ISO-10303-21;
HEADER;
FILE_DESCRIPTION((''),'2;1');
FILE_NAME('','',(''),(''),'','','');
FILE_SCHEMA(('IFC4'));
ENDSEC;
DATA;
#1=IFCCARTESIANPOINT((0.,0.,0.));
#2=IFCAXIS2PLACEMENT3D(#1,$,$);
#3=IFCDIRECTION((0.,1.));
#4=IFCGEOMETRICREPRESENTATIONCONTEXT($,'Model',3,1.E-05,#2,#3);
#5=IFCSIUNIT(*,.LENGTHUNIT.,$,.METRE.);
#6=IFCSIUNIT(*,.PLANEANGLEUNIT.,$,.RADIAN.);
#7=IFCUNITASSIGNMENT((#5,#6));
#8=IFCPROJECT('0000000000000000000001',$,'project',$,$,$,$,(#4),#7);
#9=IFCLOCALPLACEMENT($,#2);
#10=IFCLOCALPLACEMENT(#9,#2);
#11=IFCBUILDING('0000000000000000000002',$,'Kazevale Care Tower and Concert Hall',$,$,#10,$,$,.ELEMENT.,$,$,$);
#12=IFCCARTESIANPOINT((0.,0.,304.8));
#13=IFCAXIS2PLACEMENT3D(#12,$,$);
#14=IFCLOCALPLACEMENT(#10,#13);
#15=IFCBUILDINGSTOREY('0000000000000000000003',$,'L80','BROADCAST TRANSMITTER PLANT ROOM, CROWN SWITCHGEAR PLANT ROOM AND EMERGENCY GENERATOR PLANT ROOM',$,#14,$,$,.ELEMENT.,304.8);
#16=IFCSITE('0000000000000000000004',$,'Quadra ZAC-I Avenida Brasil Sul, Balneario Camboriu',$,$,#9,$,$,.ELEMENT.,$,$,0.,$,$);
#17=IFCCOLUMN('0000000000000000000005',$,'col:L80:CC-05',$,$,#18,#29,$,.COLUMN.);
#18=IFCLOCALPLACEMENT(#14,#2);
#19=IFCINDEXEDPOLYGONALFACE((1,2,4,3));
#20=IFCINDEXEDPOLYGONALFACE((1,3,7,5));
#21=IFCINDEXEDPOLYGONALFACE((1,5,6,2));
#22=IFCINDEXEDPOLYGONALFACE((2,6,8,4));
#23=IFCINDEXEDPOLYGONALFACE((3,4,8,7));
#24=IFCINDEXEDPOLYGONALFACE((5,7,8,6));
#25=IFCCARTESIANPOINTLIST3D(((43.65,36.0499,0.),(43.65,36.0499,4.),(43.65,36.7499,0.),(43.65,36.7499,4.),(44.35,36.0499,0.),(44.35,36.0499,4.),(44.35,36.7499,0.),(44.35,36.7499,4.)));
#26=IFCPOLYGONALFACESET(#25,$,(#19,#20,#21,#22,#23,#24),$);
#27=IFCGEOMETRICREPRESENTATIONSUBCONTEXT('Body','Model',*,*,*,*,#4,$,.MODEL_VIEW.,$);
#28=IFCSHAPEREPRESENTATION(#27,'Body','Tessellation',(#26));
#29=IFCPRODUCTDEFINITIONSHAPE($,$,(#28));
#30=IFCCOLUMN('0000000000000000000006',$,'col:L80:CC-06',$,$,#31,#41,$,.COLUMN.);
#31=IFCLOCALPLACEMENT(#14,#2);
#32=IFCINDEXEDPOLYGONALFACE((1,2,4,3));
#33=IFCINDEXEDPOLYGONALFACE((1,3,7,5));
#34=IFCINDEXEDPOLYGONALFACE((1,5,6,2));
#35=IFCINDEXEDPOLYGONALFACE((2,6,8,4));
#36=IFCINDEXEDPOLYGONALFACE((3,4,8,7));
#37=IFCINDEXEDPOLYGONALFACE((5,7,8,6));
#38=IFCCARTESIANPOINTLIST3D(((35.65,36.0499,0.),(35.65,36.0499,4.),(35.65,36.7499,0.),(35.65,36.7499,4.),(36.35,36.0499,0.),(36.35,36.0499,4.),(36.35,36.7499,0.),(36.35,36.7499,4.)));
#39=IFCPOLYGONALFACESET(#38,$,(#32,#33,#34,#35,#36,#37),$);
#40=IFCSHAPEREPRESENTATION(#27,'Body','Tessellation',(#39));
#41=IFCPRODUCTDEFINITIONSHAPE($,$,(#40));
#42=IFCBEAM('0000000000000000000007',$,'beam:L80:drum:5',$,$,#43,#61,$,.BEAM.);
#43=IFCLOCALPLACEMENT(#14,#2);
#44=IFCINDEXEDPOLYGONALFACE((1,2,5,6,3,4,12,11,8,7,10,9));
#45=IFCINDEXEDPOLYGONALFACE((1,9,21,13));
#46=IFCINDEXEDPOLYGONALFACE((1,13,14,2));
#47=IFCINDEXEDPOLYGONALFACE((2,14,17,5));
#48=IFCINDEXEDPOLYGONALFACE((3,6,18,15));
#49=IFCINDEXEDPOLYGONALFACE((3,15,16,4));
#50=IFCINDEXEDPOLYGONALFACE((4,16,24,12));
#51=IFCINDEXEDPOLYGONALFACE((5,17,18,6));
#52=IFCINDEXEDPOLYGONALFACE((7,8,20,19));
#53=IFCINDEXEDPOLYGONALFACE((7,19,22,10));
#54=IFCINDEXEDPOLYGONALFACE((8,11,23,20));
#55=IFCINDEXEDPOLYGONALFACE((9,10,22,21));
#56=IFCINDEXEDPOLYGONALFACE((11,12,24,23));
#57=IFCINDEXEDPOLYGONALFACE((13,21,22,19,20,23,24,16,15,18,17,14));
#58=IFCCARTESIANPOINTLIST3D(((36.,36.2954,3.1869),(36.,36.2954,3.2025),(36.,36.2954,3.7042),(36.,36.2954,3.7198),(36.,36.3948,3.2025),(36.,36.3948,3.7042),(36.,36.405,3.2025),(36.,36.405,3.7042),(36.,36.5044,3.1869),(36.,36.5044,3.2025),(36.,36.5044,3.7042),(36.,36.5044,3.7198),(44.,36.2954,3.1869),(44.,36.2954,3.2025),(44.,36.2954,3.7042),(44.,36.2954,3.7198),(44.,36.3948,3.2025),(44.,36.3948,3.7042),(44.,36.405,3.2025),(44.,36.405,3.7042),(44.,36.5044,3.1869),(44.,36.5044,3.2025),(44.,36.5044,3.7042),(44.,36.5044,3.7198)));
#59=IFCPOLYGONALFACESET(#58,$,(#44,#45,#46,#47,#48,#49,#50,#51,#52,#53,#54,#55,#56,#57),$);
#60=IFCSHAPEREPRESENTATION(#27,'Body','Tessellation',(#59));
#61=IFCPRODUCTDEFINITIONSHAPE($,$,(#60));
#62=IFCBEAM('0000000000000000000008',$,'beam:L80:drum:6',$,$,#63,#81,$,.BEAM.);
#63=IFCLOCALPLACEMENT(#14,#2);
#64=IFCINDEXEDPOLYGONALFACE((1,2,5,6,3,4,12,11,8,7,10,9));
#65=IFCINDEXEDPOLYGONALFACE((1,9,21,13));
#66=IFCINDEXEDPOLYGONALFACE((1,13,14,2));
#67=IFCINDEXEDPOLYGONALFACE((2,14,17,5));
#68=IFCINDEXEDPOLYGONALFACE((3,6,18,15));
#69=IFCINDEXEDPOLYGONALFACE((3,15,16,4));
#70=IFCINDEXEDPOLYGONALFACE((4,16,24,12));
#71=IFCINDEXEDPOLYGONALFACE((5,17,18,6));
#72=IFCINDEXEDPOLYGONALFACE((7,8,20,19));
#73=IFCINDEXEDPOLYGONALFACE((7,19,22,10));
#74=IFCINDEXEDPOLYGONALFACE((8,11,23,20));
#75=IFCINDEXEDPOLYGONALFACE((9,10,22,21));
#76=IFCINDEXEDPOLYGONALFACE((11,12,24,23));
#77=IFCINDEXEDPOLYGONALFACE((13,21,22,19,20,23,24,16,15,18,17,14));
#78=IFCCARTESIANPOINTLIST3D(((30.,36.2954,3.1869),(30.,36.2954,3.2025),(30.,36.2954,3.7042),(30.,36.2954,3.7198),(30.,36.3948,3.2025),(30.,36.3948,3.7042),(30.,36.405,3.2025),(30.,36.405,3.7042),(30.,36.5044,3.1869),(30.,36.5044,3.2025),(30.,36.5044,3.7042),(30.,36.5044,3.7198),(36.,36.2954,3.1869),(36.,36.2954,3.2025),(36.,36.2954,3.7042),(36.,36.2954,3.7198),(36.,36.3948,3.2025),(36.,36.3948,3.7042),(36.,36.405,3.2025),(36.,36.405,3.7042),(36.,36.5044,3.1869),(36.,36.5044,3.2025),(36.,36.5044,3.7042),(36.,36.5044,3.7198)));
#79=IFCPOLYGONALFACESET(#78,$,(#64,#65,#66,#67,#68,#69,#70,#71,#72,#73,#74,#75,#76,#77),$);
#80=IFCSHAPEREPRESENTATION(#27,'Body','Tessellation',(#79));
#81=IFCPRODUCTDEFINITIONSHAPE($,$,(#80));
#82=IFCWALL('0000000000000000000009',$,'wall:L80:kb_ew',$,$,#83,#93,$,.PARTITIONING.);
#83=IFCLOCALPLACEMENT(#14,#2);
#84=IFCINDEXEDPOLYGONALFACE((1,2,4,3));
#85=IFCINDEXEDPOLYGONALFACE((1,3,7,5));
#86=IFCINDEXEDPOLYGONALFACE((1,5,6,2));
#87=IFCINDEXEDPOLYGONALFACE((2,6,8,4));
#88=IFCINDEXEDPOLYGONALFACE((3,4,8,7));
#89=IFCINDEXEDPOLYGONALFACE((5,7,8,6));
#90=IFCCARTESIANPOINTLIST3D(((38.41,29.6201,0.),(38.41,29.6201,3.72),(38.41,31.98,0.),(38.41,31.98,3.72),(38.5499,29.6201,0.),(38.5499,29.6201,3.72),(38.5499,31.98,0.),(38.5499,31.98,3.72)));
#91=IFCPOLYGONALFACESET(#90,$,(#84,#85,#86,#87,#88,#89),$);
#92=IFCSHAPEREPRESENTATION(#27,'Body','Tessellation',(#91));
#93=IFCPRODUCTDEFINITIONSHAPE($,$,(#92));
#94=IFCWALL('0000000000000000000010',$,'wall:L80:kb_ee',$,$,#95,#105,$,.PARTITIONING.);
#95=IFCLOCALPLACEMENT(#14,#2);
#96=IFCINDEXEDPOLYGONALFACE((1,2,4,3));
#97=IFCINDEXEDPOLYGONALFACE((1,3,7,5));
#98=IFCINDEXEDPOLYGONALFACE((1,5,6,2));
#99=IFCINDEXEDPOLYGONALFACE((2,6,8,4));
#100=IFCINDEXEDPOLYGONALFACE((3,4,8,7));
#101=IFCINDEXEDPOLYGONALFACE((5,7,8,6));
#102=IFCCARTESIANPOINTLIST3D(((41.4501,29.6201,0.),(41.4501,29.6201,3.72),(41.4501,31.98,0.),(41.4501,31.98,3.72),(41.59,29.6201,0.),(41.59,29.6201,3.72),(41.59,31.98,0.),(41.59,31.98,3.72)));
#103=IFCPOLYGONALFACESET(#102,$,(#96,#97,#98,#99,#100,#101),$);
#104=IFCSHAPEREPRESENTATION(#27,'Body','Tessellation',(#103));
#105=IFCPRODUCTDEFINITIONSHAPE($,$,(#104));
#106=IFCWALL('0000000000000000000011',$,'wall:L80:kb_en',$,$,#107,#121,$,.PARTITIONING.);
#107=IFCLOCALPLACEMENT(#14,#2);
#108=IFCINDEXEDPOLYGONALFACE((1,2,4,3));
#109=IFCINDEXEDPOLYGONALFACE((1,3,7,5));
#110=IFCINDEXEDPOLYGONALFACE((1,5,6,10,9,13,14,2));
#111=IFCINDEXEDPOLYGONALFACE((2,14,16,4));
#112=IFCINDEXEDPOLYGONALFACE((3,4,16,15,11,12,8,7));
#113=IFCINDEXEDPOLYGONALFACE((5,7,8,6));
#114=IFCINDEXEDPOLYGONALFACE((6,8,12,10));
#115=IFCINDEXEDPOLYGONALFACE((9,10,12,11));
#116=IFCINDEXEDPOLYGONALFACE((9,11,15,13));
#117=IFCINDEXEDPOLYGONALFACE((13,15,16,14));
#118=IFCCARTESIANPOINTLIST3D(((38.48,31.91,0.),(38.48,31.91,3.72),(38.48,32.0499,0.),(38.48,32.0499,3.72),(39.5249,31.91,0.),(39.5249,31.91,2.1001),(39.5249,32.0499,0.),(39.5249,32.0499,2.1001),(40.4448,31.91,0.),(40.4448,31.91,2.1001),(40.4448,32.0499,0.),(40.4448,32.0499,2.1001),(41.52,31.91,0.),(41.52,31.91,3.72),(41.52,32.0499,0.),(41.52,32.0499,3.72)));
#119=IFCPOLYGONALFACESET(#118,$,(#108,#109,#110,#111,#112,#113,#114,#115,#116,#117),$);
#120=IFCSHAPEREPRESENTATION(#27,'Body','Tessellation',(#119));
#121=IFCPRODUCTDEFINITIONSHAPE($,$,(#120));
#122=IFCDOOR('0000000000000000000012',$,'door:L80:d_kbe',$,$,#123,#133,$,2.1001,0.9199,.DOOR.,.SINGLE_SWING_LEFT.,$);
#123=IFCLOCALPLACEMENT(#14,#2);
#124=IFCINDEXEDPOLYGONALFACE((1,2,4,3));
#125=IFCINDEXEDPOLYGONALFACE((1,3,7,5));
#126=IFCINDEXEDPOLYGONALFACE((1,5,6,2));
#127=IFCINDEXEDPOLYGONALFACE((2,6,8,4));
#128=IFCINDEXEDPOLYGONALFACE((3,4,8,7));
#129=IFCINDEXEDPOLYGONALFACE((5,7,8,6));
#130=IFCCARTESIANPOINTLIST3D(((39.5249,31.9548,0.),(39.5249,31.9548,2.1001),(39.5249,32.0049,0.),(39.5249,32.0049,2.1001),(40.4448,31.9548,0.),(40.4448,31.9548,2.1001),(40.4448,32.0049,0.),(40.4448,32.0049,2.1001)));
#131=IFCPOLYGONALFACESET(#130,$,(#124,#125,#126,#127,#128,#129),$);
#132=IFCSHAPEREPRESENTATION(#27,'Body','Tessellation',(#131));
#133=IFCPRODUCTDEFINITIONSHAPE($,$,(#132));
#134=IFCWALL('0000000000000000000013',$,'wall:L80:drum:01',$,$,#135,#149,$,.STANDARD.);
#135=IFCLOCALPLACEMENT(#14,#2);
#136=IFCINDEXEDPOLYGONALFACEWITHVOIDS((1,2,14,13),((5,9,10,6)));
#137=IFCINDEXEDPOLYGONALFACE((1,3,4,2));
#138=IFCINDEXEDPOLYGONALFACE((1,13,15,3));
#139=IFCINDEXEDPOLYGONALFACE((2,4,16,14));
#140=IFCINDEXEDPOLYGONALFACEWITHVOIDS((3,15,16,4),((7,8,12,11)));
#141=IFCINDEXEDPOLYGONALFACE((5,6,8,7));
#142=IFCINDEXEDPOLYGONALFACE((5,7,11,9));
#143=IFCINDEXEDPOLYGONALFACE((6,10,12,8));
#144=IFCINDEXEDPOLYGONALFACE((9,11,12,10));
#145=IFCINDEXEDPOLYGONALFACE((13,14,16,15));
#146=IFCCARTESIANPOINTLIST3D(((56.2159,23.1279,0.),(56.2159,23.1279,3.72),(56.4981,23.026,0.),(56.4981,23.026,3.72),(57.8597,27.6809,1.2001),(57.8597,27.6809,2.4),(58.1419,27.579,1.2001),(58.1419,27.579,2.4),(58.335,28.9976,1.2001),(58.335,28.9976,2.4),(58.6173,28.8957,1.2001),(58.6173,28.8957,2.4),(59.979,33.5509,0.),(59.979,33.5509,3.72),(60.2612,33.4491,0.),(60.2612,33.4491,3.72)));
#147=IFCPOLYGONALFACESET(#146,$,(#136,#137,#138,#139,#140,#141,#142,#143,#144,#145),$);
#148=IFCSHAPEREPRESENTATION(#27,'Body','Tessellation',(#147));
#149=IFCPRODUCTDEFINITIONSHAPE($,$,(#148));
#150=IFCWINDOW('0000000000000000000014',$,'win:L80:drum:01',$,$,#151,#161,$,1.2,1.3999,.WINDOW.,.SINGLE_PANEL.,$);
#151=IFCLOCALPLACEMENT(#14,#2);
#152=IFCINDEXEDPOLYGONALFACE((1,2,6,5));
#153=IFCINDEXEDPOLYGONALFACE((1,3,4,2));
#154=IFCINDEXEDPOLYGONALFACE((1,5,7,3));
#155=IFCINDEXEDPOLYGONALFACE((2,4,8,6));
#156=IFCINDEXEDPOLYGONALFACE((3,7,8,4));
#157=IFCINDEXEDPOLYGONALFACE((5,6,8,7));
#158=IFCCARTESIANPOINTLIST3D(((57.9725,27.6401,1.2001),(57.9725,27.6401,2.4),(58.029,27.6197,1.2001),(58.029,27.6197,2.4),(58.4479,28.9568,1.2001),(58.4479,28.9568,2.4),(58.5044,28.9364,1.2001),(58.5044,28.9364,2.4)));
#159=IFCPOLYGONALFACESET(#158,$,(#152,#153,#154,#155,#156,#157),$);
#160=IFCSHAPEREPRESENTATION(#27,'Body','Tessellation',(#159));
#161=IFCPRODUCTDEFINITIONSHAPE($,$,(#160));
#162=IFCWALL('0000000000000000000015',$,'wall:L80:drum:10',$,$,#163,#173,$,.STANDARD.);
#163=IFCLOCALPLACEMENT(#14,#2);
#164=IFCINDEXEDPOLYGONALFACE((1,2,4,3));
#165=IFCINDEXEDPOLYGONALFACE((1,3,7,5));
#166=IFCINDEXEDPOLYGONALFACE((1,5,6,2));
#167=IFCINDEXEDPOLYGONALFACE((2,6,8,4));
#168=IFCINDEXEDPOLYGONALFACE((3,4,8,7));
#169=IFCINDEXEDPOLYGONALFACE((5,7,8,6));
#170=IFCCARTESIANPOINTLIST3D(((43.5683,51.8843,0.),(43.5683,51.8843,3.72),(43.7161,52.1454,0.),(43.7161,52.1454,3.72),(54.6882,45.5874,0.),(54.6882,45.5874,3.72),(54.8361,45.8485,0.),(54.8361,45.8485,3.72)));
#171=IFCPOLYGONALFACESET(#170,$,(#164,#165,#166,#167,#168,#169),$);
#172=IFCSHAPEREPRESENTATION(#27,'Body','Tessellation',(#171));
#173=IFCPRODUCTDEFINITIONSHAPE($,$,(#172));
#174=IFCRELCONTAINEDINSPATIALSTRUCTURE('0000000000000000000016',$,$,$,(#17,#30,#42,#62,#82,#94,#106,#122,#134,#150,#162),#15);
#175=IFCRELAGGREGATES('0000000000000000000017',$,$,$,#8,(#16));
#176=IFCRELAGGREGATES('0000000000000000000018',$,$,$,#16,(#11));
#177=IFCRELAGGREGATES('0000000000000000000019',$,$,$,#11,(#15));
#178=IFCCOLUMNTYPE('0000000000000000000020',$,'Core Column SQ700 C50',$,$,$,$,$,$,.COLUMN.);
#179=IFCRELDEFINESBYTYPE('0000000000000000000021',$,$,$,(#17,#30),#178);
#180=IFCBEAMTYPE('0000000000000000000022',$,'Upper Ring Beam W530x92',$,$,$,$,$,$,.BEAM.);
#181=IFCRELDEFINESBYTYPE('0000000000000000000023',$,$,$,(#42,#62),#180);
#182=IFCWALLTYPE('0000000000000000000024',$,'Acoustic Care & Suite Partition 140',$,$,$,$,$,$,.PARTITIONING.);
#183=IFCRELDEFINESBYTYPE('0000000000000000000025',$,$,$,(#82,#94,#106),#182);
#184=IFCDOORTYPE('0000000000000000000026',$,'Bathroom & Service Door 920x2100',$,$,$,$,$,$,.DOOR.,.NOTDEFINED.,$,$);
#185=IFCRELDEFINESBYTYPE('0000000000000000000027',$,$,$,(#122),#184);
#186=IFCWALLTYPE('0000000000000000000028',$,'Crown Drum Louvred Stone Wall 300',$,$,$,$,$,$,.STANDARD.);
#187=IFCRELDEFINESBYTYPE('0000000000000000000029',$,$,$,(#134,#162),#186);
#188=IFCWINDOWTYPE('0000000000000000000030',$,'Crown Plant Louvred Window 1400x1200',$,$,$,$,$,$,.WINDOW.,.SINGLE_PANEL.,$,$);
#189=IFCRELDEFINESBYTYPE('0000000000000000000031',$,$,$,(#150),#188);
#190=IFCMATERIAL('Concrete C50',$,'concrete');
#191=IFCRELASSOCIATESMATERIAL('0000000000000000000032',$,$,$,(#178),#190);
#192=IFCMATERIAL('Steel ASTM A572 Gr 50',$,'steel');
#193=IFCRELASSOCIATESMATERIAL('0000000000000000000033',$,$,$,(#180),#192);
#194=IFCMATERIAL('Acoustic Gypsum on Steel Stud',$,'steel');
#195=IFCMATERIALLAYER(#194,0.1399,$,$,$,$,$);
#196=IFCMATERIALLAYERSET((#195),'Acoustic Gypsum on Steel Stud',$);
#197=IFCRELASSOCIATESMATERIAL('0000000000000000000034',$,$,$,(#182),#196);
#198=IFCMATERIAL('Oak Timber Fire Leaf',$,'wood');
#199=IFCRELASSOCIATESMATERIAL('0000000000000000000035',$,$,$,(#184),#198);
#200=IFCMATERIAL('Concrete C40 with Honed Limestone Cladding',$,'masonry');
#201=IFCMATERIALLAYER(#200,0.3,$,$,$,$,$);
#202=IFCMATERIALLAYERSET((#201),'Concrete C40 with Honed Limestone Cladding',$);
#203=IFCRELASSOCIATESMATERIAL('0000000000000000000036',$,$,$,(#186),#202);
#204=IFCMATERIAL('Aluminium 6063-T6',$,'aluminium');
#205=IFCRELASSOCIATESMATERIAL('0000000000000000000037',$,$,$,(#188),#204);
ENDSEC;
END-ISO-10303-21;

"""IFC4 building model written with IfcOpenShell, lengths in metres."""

from ifc_helpers import new_model, si_unit, direction, frame, frame_2d, origin, origin_2d, place, context, subcontext, project, spatial, rectangle, i_section, extrude, material, layer, layer_set, material_profile, profile_set, type_object, element, fill, save


model = new_model("IFC4")

# Units and contexts
model_context = context("Model", 3, precision=1e-05, world=origin(), true_north=direction((0.0, 1.0)))
body_context = subcontext(model_context, "Body", "Model", "MODEL_VIEW")
ifc_project = project(units=[si_unit("LENGTHUNIT", "METRE"), si_unit("PLANEANGLEUNIT", "RADIAN")], contexts=[model_context])

# Site, building, storey
site_placement = place(None, origin())
site = spatial("IfcSite", under=ifc_project, at=site_placement, Name="Quadra ZAC-I Avenida Brasil Sul, Balneario Camboriu", CompositionType="ELEMENT", RefElevation=0.0)
building_placement = place(site_placement, origin())
building = spatial("IfcBuilding", under=site, at=building_placement, Name="Kazevale Care Tower and Concert Hall", CompositionType="ELEMENT")
storey_placement = place(building_placement, frame((0.0, 0.0, 304.8)))
storey = spatial("IfcBuildingStorey", under=building, at=storey_placement, Name="L80", Description="BROADCAST TRANSMITTER PLANT ROOM, CROWN SWITCHGEAR PLANT ROOM AND EMERGENCY GENERATOR PLANT ROOM", CompositionType="ELEMENT", Elevation=304.8)

# Columns
ifc_material_1 = material(Name="Concrete C50", Category="concrete")
ifc_material_profile_1 = material_profile(ifc_material_1, rectangle(XDim=0.7, YDim=0.7, at=origin_2d()), Name="RC-SQ700")
ifc_profile_set_1 = profile_set([ifc_material_profile_1], Name="Concrete C50")
column_type = type_object("IfcColumnType", Name="Core Column SQ700 C50", PredefinedType="COLUMN", material=ifc_profile_set_1)
for number, where, z_axis, x_axis, name in (
    (1, (44.0, 36.3999, 0.0), (0.0, 0.0, 1.0), (1.0, 0.0, 0.0), "col:L80:CC-05"),
    (2, (36.0, 36.3999, 0.0), (0.0, 0.0, 1.0), (1.0, 0.0, 0.0), "col:L80:CC-06"),
):
    element("IfcColumn", number, at=place(storey_placement, frame(where, z_axis=z_axis, x_axis=x_axis)), inside=storey, type_object=column_type, Name=name, PredefinedType="COLUMN", context=body_context, shape_type="SweptSolid", body=[
        extrude(rectangle(XDim=0.7, YDim=0.7, at=origin_2d()), origin(), (0.0, 0.0, 1.0), 4.0),
    ])

# Beams
ifc_material_2 = material(Name="Steel ASTM A572 Gr 50", Category="steel")
ifc_material_profile_2 = material_profile(ifc_material_2, i_section(OverallWidth=0.209, OverallDepth=0.533, WebThickness=0.0103, FlangeThickness=0.0156, at=origin_2d()), Name="W530x92")
ifc_profile_set_2 = profile_set([ifc_material_profile_2], Name="Steel ASTM A572 Gr 50")
beam_type = type_object("IfcBeamType", Name="Upper Ring Beam W530x92", PredefinedType="BEAM", material=ifc_profile_set_2)
beam_1_placement = place(storey_placement, frame((44.0, 36.3999, 3.4534), z_axis=(-1.0, 0.0, 0.0), x_axis=(0.0, -1.0, 0.0)))
element("IfcBeam", 3, at=beam_1_placement, inside=storey, type_object=beam_type, Name="beam:L80:drum:5", PredefinedType="BEAM", context=body_context, shape_type="SweptSolid", body=[
    extrude(i_section(OverallWidth=0.209, OverallDepth=0.533, WebThickness=0.0103, FlangeThickness=0.0156, at=origin_2d()), origin(), (0.0, 0.0, 1.0), 8.0),
])
beam_2_placement = place(storey_placement, frame((36.0, 36.3999, 3.4534), z_axis=(-1.0, 0.0, 0.0), x_axis=(0.0, -1.0, 0.0)))
element("IfcBeam", 4, at=beam_2_placement, inside=storey, type_object=beam_type, Name="beam:L80:drum:6", PredefinedType="BEAM", context=body_context, shape_type="SweptSolid", body=[
    extrude(i_section(OverallWidth=0.209, OverallDepth=0.533, WebThickness=0.0103, FlangeThickness=0.0156, at=origin_2d()), origin(), (0.0, 0.0, 1.0), 6.0),
])

# Walls
ifc_material_3 = material(Name="Acoustic Gypsum on Steel Stud", Category="steel")
ifc_layer_1 = layer(ifc_material_3, 0.1399)
ifc_layer_set_1 = layer_set([ifc_layer_1], Name="Acoustic Gypsum on Steel Stud")
wall_type_1 = type_object("IfcWallType", Name="Acoustic Care & Suite Partition 140", PredefinedType="PARTITIONING", material=ifc_layer_set_1)
for number, where, z_axis, x_axis, name in (
    (5, (38.48, 29.6201, 0.0), (0.0, 0.0, 1.0), (0.0, 1.0, 0.0), "wall:L80:kb_ew"),
    (6, (41.52, 29.6201, 0.0), (0.0, 0.0, 1.0), (0.0, 1.0, 0.0), "wall:L80:kb_ee"),
):
    element("IfcWall", number, at=place(storey_placement, frame(where, z_axis=z_axis, x_axis=x_axis)), inside=storey, type_object=wall_type_1, Name=name, PredefinedType="PARTITIONING", context=body_context, shape_type="SweptSolid", body=[
        extrude(rectangle(XDim=2.3599, YDim=0.1399, at=frame_2d((1.1799, 0.0))), origin(), (0.0, 0.0, 1.0), 3.72),
    ])

# Wall, opening, door
wall_1_placement = place(storey_placement, frame((38.48, 31.98, 0.0), z_axis=(0.0, 0.0, 1.0), x_axis=(1.0, 0.0, 0.0)))
wall_1 = element("IfcWall", 7, at=wall_1_placement, inside=storey, type_object=wall_type_1, Name="wall:L80:kb_en", PredefinedType="PARTITIONING", context=body_context, shape_type="SweptSolid", body=[
    extrude(rectangle(XDim=3.04, YDim=0.1399, at=frame_2d((1.52, 0.0))), origin(), (0.0, 0.0, 1.0), 3.72),
])
opening_1_placement = place(wall_1_placement, frame((1.0449, 0.0, 0.0)))
opening_1 = element("IfcOpeningElement", 8, at=opening_1_placement, cuts=wall_1, PredefinedType="OPENING", context=body_context, shape_type="SweptSolid", body=[
    extrude(rectangle(XDim=0.9199, YDim=2.1001, at=frame_2d((0.46, 1.05))), frame((0.0, 0.0798, 0.0), z_axis=(0.0, -1.0, 0.0), x_axis=(1.0, 0.0, 0.0)), (0.0, 0.0, 1.0), 0.1599),
])
ifc_material_4 = material(Name="Oak Timber Fire Leaf", Category="wood")
door_type_1 = type_object("IfcDoorType", Name="Bathroom & Service Door 920x2100", OperationType="NOTDEFINED", PredefinedType="DOOR", material=ifc_material_4)
door_1_placement = place(opening_1_placement, origin())
door_1 = element("IfcDoor", 9, at=door_1_placement, inside=storey, type_object=door_type_1, Name="door:L80:d_kbe", OperationType="SINGLE_SWING_LEFT", OverallHeight=2.1001, OverallWidth=0.9199, PredefinedType="DOOR", context=body_context, shape_type="SweptSolid", body=[
    extrude(rectangle(XDim=0.9199, YDim=2.1001, at=frame_2d((0.46, 1.05))), frame((0.0, 0.0249, 0.0), z_axis=(0.0, -1.0, 0.0), x_axis=(1.0, 0.0, 0.0)), (0.0, 0.0, 1.0), 0.05),
])
fill(opening_1, door_1)

# Wall, opening, window
ifc_material_5 = material(Name="Concrete C40 with Honed Limestone Cladding", Category="masonry")
ifc_layer_2 = layer(ifc_material_5, 0.3)
ifc_layer_set_2 = layer_set([ifc_layer_2], Name="Concrete C40 with Honed Limestone Cladding")
wall_type_2 = type_object("IfcWallType", Name="Crown Drum Louvred Stone Wall 300", PredefinedType="STANDARD", material=ifc_layer_set_2)
wall_2_placement = place(storey_placement, frame((60.1201, 33.5, 0.0), z_axis=(0.0, 0.0, 1.0), x_axis=(-0.339588, -0.940574, 0.0)))
wall_2 = element("IfcWall", 10, at=wall_2_placement, inside=storey, type_object=wall_type_2, Name="wall:L80:drum:01", PredefinedType="STANDARD", context=body_context, shape_type="SweptSolid", body=[
    extrude(rectangle(XDim=11.0815, YDim=0.3, at=frame_2d((5.5408, 0.0))), origin(), (0.0, 0.0, 1.0), 3.72),
])
opening_2_placement = place(wall_2_placement, frame((4.8411, 0.0, 1.2)))
opening_2 = element("IfcOpeningElement", 11, at=opening_2_placement, cuts=wall_2, PredefinedType="OPENING", context=body_context, shape_type="SweptSolid", body=[
    extrude(rectangle(XDim=1.3999, YDim=1.2, at=frame_2d((0.7, 0.6001))), frame((0.0, 0.1599, 0.0), z_axis=(0.0, -1.0, 0.0), x_axis=(1.0, 0.0, 0.0)), (0.0, 0.0, 1.0), 0.3201),
])
ifc_material_6 = material(Name="Aluminium 6063-T6", Category="aluminium")
window_type = type_object("IfcWindowType", Name="Crown Plant Louvred Window 1400x1200", PartitioningType="SINGLE_PANEL", PredefinedType="WINDOW", material=ifc_material_6)
window_1_placement = place(opening_2_placement, origin())
window_1 = element("IfcWindow", 12, at=window_1_placement, inside=storey, type_object=window_type, Name="win:L80:drum:01", OverallHeight=1.2, OverallWidth=1.3999, PartitioningType="SINGLE_PANEL", PredefinedType="WINDOW", context=body_context, shape_type="SweptSolid", body=[
    extrude(rectangle(XDim=1.3999, YDim=1.2, at=frame_2d((0.7, 0.6001))), frame((0.0, 0.03, 0.0), z_axis=(0.0, -1.0, 0.0), x_axis=(1.0, 0.0, 0.0)), (0.0, 0.0, 1.0), 0.0601),
])
fill(opening_2, window_1)

# Wall
wall_3_placement = place(storey_placement, frame((43.6421, 52.0149, 0.0), z_axis=(0.0, 0.0, 1.0), x_axis=(0.870169, -0.492753, 0.0)))
element("IfcWall", 13, at=wall_3_placement, inside=storey, type_object=wall_type_2, Name="wall:L80:drum:10", PredefinedType="STANDARD", context=body_context, shape_type="SweptSolid", body=[
    extrude(rectangle(XDim=12.7791, YDim=0.3, at=frame_2d((6.3896, 0.0))), origin(), (0.0, 0.0, 1.0), 3.72),
])

save(model, "model.ifc")
